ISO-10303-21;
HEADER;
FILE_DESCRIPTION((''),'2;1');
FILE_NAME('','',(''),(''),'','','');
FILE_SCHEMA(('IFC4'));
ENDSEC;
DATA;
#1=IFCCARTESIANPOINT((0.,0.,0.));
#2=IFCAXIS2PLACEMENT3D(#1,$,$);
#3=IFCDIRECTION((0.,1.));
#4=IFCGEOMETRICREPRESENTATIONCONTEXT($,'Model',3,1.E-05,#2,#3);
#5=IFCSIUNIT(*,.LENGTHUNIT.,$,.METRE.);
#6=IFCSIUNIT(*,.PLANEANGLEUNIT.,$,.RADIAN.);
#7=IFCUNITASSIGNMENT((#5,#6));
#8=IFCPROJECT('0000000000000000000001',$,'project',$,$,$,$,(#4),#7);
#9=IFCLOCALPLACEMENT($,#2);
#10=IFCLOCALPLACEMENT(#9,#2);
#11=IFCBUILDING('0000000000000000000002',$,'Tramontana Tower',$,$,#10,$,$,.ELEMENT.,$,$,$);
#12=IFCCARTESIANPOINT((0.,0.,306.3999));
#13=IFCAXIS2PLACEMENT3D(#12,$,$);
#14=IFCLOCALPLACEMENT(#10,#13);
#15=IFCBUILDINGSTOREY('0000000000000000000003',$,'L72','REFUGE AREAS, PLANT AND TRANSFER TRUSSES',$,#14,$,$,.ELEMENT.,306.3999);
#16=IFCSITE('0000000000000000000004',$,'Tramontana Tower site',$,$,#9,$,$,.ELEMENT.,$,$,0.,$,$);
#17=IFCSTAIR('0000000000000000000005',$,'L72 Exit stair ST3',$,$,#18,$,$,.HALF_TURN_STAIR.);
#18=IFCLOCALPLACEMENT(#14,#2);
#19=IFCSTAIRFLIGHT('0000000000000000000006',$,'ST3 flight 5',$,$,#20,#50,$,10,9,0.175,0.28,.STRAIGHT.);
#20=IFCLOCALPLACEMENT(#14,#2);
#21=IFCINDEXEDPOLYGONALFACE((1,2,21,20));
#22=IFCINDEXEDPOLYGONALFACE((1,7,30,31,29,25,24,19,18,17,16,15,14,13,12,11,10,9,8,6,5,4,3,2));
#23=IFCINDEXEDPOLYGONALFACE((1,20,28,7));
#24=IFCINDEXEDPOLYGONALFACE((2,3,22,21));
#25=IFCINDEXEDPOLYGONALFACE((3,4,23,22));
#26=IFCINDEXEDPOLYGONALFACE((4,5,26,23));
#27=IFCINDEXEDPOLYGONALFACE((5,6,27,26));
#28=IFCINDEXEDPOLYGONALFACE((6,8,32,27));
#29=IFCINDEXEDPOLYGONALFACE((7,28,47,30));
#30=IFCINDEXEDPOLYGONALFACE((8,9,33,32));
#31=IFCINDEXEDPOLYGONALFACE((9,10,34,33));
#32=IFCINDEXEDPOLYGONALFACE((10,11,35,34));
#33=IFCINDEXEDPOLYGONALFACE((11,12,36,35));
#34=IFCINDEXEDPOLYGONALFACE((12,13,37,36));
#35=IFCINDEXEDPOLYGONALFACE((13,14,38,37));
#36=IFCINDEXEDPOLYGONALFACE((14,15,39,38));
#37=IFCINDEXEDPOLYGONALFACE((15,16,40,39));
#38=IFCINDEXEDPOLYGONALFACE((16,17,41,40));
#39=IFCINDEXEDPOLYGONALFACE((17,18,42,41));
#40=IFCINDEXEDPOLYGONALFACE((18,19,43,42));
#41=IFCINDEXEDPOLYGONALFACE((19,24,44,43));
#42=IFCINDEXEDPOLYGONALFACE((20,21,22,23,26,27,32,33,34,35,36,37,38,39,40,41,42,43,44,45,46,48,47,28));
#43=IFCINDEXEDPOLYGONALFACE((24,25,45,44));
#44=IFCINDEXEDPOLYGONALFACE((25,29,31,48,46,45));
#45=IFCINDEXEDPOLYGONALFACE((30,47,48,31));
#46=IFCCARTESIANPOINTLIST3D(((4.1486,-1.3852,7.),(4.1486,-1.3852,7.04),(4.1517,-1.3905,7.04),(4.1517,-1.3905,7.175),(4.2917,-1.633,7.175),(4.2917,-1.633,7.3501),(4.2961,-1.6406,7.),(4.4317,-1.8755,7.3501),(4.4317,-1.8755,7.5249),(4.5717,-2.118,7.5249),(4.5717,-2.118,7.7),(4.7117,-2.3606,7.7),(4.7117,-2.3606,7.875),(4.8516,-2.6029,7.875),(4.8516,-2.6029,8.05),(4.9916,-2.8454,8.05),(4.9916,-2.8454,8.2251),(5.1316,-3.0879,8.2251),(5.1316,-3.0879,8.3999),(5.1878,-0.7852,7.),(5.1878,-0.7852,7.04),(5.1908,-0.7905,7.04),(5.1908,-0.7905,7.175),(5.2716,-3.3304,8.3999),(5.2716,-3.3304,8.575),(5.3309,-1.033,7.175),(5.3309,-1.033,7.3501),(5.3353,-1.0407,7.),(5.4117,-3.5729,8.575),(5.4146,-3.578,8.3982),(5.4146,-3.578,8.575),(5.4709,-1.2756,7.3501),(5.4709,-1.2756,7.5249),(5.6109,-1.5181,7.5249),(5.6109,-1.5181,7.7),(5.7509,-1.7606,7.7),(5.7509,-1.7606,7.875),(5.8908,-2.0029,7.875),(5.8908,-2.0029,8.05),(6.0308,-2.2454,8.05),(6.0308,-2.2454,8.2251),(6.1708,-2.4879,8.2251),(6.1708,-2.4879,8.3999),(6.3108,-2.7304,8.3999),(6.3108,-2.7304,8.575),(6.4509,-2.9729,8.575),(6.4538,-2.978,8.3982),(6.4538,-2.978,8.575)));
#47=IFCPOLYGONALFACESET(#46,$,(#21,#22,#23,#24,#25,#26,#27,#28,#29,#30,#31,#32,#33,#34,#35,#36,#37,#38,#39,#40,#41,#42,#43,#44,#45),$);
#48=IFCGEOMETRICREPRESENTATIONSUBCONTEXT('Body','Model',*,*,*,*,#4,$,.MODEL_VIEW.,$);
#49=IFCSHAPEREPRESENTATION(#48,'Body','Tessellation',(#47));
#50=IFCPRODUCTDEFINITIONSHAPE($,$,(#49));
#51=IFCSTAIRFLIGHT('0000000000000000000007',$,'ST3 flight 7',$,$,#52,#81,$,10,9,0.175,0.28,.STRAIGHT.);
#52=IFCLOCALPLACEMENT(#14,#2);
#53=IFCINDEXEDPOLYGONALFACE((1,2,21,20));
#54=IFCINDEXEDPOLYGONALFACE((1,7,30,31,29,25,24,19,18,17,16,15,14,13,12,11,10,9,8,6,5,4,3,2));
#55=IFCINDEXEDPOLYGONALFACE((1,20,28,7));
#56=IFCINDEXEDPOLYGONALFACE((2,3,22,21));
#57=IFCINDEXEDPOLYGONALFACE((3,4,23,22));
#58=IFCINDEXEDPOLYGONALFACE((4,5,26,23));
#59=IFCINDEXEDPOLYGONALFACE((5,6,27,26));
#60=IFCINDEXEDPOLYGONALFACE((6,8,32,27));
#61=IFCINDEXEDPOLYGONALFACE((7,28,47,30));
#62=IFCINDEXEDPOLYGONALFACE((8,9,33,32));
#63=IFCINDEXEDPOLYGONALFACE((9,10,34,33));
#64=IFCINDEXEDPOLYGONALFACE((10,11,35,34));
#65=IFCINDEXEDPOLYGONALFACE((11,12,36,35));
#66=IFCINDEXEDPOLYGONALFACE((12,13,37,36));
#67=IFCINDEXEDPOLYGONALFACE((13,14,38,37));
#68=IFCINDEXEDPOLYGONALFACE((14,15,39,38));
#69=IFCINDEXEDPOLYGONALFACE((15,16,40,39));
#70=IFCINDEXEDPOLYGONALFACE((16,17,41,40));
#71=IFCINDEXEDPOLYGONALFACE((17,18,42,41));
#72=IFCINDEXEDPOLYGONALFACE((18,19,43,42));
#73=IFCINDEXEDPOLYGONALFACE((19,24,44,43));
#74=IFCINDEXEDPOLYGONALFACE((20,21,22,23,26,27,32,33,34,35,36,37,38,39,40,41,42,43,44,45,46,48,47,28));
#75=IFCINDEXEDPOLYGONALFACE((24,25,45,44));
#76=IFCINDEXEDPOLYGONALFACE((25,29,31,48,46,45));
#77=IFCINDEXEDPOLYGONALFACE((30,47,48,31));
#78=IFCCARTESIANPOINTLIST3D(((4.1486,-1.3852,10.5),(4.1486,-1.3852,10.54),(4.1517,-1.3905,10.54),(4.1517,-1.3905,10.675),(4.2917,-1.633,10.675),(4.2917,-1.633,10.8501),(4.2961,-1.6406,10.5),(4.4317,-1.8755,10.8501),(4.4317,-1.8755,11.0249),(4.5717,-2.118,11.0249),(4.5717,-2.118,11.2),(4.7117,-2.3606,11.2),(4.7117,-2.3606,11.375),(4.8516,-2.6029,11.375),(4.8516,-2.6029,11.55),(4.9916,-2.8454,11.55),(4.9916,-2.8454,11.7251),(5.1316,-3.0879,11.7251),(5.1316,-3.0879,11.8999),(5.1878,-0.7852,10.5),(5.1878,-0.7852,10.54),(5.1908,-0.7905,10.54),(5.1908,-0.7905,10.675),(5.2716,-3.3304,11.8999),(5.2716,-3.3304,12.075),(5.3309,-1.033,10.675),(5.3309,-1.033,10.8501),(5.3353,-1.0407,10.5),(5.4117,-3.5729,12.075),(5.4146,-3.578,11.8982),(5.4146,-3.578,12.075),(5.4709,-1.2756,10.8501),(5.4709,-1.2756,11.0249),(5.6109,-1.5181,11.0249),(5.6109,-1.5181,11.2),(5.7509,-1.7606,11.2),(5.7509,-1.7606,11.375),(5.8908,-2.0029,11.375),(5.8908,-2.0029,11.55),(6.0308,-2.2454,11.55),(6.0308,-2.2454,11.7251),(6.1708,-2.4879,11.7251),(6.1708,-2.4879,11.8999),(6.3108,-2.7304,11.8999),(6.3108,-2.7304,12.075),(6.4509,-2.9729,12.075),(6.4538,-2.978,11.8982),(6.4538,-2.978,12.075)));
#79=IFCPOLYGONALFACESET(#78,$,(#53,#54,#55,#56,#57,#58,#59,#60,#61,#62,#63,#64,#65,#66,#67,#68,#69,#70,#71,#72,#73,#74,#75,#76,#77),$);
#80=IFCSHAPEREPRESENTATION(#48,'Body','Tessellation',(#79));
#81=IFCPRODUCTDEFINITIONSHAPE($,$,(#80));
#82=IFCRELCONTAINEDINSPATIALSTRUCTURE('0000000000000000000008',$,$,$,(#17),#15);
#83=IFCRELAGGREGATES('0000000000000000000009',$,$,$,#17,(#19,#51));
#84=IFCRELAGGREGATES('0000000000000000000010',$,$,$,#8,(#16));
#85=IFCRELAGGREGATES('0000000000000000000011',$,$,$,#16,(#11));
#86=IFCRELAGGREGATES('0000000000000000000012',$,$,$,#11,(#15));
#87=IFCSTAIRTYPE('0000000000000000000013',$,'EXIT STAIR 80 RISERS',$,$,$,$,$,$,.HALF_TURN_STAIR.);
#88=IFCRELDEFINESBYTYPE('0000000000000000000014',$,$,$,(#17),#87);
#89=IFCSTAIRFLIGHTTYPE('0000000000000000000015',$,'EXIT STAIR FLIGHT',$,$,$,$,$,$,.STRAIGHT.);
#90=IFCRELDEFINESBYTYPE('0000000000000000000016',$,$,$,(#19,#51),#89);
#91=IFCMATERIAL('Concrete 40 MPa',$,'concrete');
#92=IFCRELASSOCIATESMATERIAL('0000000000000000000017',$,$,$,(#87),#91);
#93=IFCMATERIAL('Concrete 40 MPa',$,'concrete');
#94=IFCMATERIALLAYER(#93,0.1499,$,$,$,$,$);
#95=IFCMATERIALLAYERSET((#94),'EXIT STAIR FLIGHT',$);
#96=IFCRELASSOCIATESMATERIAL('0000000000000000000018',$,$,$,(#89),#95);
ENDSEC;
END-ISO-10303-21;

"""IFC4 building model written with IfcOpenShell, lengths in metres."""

from ifc_helpers import new_model, si_unit, direction, frame, origin, place, context, subcontext, project, spatial, polyline, outline, extrude, material, layer, layer_set, type_object, element, aggregate, save


model = new_model("IFC4")

# Units and contexts
model_context = context("Model", 3, precision=1e-05, world=origin(), true_north=direction((0.0, 1.0)))
body_context = subcontext(model_context, "Body", "Model", "MODEL_VIEW")
ifc_project = project(units=[si_unit("LENGTHUNIT", "METRE"), si_unit("PLANEANGLEUNIT", "RADIAN")], contexts=[model_context])

# Site, building, storey
site_placement = place(None, origin())
site = spatial("IfcSite", under=ifc_project, at=site_placement, Name="Tramontana Tower site", CompositionType="ELEMENT", RefElevation=0.0)
building_placement = place(site_placement, origin())
building = spatial("IfcBuilding", under=site, at=building_placement, Name="Tramontana Tower", CompositionType="ELEMENT")
storey_placement = place(building_placement, frame((0.0, 0.0, 306.3999)))
storey = spatial("IfcBuildingStorey", under=building, at=storey_placement, Name="L72", Description="REFUGE AREAS, PLANT AND TRANSFER TRUSSES", CompositionType="ELEMENT", Elevation=306.3999)

# Stair, stair flights
ifc_material_1 = material(Name="Concrete 40 MPa", Category="concrete")
stair_type = type_object("IfcStairType", Name="EXIT STAIR 80 RISERS", PredefinedType="HALF_TURN_STAIR", material=ifc_material_1)
stair_placement = place(storey_placement, origin())
stair = element("IfcStair", 1, at=stair_placement, inside=storey, type_object=stair_type, Name="L72 Exit stair ST3", PredefinedType="HALF_TURN_STAIR")
ifc_material_2 = material(Name="Concrete 40 MPa", Category="concrete")
ifc_layer_1 = layer(ifc_material_2, 0.1499)
ifc_layer_set_1 = layer_set([ifc_layer_1], Name="EXIT STAIR FLIGHT")
stair_flight_type = type_object("IfcStairFlightType", Name="EXIT STAIR FLIGHT", PredefinedType="STRAIGHT", material=ifc_layer_set_1)
stair_flight_1_placement = place(storey_placement, frame((4.6711, -1.0906, 7.0), z_axis=(0.0, 0.0, 1.0), x_axis=(0.5, -0.866025, 0.0)))
stair_flight_1 = element("IfcStairFlight", 2, at=stair_flight_1_placement, type_object=stair_flight_type, Name="ST3 flight 5", NumberOfRisers=10, NumberOfTreads=9, PredefinedType="STRAIGHT", RiserHeight=0.175, TreadLength=0.28, context=body_context, shape_type="SweptSolid", body=[
    extrude(outline(polyline([(-0.0061, 0.0), (-0.0061, 0.04), (0.0, 0.04), (0.0, 0.175), (0.28, 0.175), (0.28, 0.3501), (0.5601, 0.3501), (0.5601, 0.5249), (0.8401, 0.5249), (0.8401, 0.7), (1.1201, 0.7), (1.1201, 0.875), (1.3999, 0.875), (1.3999, 1.05), (1.6799, 1.05), (1.6799, 1.2251), (1.96, 1.2251), (1.96, 1.3999), (2.24, 1.3999), (2.24, 1.575), (2.52, 1.575), (2.5259, 1.575), (2.5259, 1.3982), (0.2888, 0.0), (-0.0061, 0.0)])), frame((0.0, 0.6001, 0.0), z_axis=(0.0, -1.0, 0.0), x_axis=(1.0, 0.0, 0.0)), (0.0, 0.0, 1.0), 1.2),
])
stair_flight_2_placement = place(storey_placement, frame((4.6711, -1.0906, 10.5), z_axis=(0.0, 0.0, 1.0), x_axis=(0.5, -0.866025, 0.0)))
stair_flight_2 = element("IfcStairFlight", 3, at=stair_flight_2_placement, type_object=stair_flight_type, Name="ST3 flight 7", NumberOfRisers=10, NumberOfTreads=9, PredefinedType="STRAIGHT", RiserHeight=0.175, TreadLength=0.28, context=body_context, shape_type="SweptSolid", body=[
    extrude(outline(polyline([(-0.0061, 0.0), (-0.0061, 0.04), (0.0, 0.04), (0.0, 0.175), (0.28, 0.175), (0.28, 0.3501), (0.5601, 0.3501), (0.5601, 0.5249), (0.8401, 0.5249), (0.8401, 0.7), (1.1201, 0.7), (1.1201, 0.875), (1.3999, 0.875), (1.3999, 1.05), (1.6799, 1.05), (1.6799, 1.2251), (1.96, 1.2251), (1.96, 1.3999), (2.24, 1.3999), (2.24, 1.575), (2.52, 1.575), (2.5259, 1.575), (2.5259, 1.3982), (0.2888, 0.0), (-0.0061, 0.0)])), frame((0.0, 0.6001, 0.0), z_axis=(0.0, -1.0, 0.0), x_axis=(1.0, 0.0, 0.0)), (0.0, 0.0, 1.0), 1.2),
])
aggregate(stair, [stair_flight_1, stair_flight_2])

save(model, "model.ifc")
